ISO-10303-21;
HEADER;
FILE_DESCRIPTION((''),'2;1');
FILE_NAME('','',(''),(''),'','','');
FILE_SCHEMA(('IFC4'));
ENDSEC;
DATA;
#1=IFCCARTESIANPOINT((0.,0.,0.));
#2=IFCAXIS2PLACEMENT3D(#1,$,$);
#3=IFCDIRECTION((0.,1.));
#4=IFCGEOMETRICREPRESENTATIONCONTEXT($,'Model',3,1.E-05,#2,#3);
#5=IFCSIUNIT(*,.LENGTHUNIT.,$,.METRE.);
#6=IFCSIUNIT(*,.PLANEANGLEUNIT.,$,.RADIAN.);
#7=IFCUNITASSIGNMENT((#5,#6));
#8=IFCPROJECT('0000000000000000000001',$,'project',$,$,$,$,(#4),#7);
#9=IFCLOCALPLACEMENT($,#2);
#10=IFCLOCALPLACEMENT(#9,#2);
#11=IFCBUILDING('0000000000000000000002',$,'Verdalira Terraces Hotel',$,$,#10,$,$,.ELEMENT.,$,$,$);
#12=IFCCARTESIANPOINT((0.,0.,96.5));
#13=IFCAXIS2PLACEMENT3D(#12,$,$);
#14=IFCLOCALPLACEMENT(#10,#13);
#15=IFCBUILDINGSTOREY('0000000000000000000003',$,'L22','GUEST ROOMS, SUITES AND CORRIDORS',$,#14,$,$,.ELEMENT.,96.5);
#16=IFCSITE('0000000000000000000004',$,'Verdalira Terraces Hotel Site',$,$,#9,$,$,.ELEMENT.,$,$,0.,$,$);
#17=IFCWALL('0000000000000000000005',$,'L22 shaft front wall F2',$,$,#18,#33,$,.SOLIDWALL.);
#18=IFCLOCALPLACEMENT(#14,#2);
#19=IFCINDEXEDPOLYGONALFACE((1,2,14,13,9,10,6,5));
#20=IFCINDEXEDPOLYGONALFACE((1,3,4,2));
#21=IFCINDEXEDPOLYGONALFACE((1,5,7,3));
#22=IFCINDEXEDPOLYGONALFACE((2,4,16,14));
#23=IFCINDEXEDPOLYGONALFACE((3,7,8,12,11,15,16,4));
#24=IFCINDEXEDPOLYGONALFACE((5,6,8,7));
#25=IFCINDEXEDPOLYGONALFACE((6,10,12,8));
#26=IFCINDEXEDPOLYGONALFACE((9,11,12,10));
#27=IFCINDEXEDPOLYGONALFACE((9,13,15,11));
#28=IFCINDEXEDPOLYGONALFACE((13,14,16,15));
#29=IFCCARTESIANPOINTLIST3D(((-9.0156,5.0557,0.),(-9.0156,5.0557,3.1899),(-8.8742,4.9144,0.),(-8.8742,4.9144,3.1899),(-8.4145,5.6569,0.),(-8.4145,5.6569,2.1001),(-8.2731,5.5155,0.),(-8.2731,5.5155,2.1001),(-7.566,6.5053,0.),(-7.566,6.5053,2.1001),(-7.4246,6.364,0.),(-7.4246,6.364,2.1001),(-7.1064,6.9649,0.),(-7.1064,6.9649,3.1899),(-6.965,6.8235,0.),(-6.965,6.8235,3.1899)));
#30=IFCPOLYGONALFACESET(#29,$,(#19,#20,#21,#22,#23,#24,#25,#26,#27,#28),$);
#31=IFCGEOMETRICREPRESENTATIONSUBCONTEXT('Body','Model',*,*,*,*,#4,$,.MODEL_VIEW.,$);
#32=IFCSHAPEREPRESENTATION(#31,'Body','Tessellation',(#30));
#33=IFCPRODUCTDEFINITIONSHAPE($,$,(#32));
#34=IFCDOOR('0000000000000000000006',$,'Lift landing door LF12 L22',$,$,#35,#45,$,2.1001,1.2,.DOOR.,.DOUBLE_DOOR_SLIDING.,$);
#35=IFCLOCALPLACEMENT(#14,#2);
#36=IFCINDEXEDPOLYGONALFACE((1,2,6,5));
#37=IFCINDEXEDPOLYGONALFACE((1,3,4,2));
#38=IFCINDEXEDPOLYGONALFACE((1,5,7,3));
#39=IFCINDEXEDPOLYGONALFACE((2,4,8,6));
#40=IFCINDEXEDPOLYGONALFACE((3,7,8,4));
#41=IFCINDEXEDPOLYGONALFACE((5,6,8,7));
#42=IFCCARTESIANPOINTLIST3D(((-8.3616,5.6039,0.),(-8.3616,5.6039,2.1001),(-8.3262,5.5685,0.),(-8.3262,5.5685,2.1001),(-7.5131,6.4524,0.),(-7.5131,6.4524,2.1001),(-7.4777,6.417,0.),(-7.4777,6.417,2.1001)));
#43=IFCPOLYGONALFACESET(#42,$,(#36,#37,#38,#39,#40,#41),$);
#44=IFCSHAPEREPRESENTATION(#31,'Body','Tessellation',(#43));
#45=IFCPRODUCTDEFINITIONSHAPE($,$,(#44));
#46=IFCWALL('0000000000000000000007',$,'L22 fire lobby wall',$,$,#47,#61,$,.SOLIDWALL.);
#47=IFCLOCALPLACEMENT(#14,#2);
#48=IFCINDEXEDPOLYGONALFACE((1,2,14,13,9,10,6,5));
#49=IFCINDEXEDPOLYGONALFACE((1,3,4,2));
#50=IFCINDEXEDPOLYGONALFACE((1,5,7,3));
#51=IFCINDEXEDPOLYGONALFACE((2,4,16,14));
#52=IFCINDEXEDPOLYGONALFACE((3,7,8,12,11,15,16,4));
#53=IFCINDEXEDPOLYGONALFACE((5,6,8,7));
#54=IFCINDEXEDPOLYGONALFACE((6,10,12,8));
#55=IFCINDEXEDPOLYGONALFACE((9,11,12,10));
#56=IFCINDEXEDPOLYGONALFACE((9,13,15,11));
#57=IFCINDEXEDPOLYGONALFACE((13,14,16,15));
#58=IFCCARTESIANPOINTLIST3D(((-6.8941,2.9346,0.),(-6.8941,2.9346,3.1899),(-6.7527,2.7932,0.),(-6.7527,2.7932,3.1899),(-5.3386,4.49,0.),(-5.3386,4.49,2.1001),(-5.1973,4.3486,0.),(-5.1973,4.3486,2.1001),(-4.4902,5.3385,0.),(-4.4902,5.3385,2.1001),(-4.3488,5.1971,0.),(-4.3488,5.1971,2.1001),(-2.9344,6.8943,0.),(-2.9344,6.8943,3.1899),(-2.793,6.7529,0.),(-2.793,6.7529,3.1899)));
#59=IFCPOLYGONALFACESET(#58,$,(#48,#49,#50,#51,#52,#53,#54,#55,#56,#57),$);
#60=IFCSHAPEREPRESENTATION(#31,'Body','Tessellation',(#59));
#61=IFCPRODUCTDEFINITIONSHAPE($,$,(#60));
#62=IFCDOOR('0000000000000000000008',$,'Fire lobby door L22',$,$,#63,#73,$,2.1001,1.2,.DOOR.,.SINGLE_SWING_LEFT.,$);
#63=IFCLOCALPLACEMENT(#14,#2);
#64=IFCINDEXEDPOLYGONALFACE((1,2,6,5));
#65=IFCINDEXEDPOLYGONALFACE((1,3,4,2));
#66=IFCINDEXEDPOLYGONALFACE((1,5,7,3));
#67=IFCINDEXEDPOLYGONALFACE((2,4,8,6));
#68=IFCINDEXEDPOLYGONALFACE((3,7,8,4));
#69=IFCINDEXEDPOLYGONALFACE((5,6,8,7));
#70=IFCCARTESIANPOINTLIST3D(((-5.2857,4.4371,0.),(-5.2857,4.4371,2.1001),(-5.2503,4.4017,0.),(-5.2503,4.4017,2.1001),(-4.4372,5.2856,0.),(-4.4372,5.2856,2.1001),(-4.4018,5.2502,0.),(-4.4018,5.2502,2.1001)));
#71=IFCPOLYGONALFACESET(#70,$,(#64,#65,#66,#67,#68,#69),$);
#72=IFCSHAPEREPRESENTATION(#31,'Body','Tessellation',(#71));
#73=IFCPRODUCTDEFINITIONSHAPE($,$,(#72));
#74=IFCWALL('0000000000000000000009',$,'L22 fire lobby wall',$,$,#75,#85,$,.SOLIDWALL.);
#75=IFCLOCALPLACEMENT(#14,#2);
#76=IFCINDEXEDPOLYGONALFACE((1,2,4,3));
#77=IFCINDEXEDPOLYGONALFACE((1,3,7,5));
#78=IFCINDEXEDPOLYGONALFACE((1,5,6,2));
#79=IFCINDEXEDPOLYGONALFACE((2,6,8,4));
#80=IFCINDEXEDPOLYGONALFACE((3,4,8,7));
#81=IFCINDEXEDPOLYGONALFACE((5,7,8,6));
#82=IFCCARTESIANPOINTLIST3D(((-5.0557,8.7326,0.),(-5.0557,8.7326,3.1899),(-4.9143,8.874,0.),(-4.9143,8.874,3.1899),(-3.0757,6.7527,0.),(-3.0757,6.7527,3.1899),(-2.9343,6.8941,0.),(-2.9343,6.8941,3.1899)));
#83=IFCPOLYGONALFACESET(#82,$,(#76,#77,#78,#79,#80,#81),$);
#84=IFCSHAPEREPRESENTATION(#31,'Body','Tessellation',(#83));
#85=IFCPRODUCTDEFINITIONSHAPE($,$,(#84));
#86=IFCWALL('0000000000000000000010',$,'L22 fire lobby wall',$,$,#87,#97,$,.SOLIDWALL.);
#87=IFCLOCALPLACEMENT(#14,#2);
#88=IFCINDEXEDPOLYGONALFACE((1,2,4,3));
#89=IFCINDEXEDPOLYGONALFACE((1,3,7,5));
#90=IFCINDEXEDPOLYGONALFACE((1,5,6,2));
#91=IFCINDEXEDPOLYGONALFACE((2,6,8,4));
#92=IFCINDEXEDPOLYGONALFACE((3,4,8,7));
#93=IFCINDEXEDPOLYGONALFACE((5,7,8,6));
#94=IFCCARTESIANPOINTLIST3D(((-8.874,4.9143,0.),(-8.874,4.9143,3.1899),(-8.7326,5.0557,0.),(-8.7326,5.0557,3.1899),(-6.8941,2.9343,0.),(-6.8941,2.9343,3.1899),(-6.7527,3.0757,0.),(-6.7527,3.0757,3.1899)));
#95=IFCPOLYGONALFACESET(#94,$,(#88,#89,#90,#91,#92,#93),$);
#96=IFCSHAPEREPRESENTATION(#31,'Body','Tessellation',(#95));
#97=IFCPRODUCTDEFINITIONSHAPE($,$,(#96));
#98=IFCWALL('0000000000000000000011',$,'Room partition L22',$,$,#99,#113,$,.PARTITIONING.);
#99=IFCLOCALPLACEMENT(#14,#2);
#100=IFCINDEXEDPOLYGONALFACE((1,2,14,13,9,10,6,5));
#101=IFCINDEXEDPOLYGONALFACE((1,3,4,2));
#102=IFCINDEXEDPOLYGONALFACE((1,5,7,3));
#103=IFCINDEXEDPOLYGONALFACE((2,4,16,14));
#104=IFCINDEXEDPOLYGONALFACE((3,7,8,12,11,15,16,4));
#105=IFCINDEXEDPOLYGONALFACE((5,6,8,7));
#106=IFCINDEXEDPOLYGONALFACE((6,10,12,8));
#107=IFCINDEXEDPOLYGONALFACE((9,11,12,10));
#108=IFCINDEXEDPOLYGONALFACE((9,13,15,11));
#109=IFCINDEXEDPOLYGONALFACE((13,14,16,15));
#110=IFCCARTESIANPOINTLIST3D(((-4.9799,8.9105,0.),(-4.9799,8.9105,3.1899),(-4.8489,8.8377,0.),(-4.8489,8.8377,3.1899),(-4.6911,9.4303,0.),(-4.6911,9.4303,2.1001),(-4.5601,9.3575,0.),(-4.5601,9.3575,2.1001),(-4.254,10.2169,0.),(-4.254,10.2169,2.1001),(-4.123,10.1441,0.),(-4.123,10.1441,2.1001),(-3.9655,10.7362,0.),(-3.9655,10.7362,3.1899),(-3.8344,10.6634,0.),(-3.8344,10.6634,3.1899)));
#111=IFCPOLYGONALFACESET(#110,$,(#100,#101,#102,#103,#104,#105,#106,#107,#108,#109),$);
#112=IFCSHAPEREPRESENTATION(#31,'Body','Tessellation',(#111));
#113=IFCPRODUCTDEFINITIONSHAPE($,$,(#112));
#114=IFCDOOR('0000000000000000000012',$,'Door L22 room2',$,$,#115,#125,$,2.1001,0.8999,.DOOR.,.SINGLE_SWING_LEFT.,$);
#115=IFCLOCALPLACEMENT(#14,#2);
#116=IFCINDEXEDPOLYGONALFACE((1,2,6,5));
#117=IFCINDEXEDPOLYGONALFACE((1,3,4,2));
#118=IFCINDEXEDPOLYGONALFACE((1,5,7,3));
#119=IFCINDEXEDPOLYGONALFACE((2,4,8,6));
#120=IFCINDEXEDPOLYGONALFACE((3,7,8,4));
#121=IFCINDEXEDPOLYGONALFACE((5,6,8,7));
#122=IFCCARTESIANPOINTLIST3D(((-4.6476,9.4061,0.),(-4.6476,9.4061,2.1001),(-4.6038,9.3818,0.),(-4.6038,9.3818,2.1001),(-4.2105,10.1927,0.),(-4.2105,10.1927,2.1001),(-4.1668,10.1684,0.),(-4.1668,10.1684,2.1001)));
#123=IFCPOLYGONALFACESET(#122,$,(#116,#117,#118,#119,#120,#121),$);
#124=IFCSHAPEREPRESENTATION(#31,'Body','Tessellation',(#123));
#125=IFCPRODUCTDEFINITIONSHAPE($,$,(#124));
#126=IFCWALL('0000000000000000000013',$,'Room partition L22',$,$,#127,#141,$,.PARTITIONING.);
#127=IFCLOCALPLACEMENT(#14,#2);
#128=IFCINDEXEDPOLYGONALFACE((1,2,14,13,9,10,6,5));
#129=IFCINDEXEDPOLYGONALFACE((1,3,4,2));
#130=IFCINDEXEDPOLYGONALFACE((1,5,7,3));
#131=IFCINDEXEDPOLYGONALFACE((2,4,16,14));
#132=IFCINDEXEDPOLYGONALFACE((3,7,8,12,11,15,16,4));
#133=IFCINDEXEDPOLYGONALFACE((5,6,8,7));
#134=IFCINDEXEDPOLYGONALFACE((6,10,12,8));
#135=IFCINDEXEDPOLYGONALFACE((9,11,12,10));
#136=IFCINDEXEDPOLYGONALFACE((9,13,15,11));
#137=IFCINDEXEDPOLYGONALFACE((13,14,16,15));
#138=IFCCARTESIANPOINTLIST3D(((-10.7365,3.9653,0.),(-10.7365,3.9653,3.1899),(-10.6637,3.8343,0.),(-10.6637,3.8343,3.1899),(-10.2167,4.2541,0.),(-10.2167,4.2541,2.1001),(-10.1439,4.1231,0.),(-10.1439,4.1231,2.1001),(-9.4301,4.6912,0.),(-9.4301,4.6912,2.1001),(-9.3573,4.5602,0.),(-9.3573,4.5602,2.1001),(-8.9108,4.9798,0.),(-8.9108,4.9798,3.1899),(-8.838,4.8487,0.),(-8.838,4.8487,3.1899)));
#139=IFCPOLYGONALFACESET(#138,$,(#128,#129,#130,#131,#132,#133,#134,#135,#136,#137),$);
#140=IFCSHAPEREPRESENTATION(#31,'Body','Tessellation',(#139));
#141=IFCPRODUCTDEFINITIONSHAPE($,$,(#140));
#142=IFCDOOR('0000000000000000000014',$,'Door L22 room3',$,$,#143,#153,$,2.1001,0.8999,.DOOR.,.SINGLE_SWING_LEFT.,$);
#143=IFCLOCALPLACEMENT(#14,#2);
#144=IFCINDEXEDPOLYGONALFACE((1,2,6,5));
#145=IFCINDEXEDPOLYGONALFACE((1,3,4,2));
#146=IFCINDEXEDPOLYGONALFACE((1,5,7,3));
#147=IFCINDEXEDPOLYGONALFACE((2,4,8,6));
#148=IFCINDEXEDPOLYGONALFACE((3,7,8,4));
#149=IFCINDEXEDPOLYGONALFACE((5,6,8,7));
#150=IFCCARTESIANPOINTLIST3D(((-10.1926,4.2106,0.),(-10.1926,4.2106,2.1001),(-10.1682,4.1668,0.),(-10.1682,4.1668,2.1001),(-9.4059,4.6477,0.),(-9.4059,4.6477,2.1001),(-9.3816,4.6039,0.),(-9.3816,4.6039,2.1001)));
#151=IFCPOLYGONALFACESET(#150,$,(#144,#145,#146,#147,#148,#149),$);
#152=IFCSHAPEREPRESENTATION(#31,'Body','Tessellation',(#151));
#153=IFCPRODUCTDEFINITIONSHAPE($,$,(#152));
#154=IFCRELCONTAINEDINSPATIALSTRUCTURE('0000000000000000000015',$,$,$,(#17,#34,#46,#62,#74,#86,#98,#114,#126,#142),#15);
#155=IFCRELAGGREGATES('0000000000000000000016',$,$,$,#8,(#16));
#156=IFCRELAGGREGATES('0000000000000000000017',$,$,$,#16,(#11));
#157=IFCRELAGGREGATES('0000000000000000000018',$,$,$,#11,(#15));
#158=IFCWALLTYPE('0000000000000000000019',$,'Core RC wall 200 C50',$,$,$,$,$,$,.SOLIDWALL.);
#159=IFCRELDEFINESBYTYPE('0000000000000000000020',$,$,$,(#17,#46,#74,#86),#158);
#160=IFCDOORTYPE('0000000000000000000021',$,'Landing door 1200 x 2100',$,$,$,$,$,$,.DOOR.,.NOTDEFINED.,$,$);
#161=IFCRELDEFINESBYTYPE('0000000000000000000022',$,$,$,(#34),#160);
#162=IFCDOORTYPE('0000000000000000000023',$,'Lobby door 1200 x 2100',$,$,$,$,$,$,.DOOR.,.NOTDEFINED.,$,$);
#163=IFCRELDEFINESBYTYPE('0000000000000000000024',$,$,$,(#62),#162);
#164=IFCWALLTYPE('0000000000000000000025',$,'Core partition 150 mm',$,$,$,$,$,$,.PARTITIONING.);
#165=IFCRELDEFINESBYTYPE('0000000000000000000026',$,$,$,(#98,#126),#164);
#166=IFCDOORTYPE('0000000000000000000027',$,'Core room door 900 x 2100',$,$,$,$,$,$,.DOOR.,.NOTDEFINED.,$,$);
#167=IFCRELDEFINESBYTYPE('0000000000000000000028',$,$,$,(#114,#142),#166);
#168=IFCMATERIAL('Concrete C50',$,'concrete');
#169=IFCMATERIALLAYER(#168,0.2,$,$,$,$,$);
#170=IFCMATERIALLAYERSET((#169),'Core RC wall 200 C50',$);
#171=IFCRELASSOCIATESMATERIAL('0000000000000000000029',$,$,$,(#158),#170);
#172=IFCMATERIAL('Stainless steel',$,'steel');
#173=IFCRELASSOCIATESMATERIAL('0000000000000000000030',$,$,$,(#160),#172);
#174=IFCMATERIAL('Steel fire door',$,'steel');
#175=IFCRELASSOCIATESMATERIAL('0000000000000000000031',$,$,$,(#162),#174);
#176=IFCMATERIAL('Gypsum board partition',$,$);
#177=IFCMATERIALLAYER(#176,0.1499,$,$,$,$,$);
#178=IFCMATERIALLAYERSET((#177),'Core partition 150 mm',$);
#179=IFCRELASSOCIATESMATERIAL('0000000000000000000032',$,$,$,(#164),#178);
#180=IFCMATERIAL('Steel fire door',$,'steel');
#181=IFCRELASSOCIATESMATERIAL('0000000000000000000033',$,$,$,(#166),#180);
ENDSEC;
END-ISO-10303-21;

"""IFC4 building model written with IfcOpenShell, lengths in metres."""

from ifc_helpers import new_model, si_unit, direction, frame, frame_2d, origin, place, context, subcontext, project, spatial, rectangle, extrude, material, layer, layer_set, type_object, element, fill, save


model = new_model("IFC4")

# Units and contexts
model_context = context("Model", 3, precision=1e-05, world=origin(), true_north=direction((0.0, 1.0)))
body_context = subcontext(model_context, "Body", "Model", "MODEL_VIEW")
ifc_project = project(units=[si_unit("LENGTHUNIT", "METRE"), si_unit("PLANEANGLEUNIT", "RADIAN")], contexts=[model_context])

# Site, building, storey
site_placement = place(None, origin())
site = spatial("IfcSite", under=ifc_project, at=site_placement, Name="Verdalira Terraces Hotel Site", CompositionType="ELEMENT", RefElevation=0.0)
building_placement = place(site_placement, origin())
building = spatial("IfcBuilding", under=site, at=building_placement, Name="Verdalira Terraces Hotel", CompositionType="ELEMENT")
storey_placement = place(building_placement, frame((0.0, 0.0, 96.5)))
storey = spatial("IfcBuildingStorey", under=building, at=storey_placement, Name="L22", Description="GUEST ROOMS, SUITES AND CORRIDORS", CompositionType="ELEMENT", Elevation=96.5)

# Walls, openings, doors
ifc_material_1 = material(Name="Concrete C50", Category="concrete")
ifc_layer_1 = layer(ifc_material_1, 0.2)
ifc_layer_set_1 = layer_set([ifc_layer_1], Name="Core RC wall 200 C50")
wall_type_1 = type_object("IfcWallType", Name="Core RC wall 200 C50", PredefinedType="SOLIDWALL", material=ifc_layer_set_1)
ifc_material_2 = material(Name="Stainless steel", Category="steel")
door_type_1 = type_object("IfcDoorType", Name="Landing door 1200 x 2100", OperationType="NOTDEFINED", PredefinedType="DOOR", material=ifc_material_2)
wall_1_placement = place(storey_placement, frame((-7.0356, 6.8943, 0.0), z_axis=(0.0, 0.0, 1.0), x_axis=(-0.707107, -0.707107, 0.0)))
wall_1 = element("IfcWall", 1, at=wall_1_placement, inside=storey, type_object=wall_type_1, Name="L22 shaft front wall F2", PredefinedType="SOLIDWALL", context=body_context, shape_type="SweptSolid", body=[
    extrude(rectangle(XDim=2.7, YDim=0.2, at=frame_2d((1.3501, 0.0))), origin(), (0.0, 0.0, 1.0), 3.1899),
])
opening_1_placement = place(wall_1_placement, frame((0.6499, 0.0, 0.0)))
opening_1 = element("IfcOpeningElement", 2, at=opening_1_placement, cuts=wall_1, PredefinedType="OPENING", context=body_context, shape_type="SweptSolid", body=[
    extrude(rectangle(XDim=1.2, YDim=2.1001, at=frame_2d((0.6001, 1.05))), frame((0.0, 0.1099, 0.0), z_axis=(0.0, -1.0, 0.0), x_axis=(1.0, 0.0, 0.0)), (0.0, 0.0, 1.0), 0.22),
])
door_1_placement = place(opening_1_placement, origin())
door_1 = element("IfcDoor", 3, at=door_1_placement, inside=storey, type_object=door_type_1, Name="Lift landing door LF12 L22", OperationType="DOUBLE_DOOR_SLIDING", OverallHeight=2.1001, OverallWidth=1.2, PredefinedType="DOOR", context=body_context, shape_type="SweptSolid", body=[
    extrude(rectangle(XDim=1.2, YDim=2.1001, at=frame_2d((0.6001, 1.05))), frame((0.0, 0.0249, 0.0), z_axis=(0.0, -1.0, 0.0), x_axis=(1.0, 0.0, 0.0)), (0.0, 0.0, 1.0), 0.05),
])
fill(opening_1, door_1)
wall_2_placement = place(storey_placement, frame((-2.8638, 6.8235, 0.0), z_axis=(0.0, 0.0, 1.0), x_axis=(-0.707107, -0.707107, 0.0)))
wall_2 = element("IfcWall", 4, at=wall_2_placement, inside=storey, type_object=wall_type_1, Name="L22 fire lobby wall", PredefinedType="SOLIDWALL", context=body_context, shape_type="SweptSolid", body=[
    extrude(rectangle(XDim=5.5999, YDim=0.2, at=frame_2d((2.7998, 0.0))), origin(), (0.0, 0.0, 1.0), 3.1899),
])
opening_2_placement = place(wall_2_placement, frame((2.2, 0.0, 0.0)))
opening_2 = element("IfcOpeningElement", 5, at=opening_2_placement, cuts=wall_2, PredefinedType="OPENING", context=body_context, shape_type="SweptSolid", body=[
    extrude(rectangle(XDim=1.2, YDim=2.1001, at=frame_2d((0.6001, 1.05))), frame((0.0, 0.1099, 0.0), z_axis=(0.0, -1.0, 0.0), x_axis=(1.0, 0.0, 0.0)), (0.0, 0.0, 1.0), 0.22),
])
ifc_material_3 = material(Name="Steel fire door", Category="steel")
door_type_2 = type_object("IfcDoorType", Name="Lobby door 1200 x 2100", OperationType="NOTDEFINED", PredefinedType="DOOR", material=ifc_material_3)
door_2_placement = place(opening_2_placement, origin())
door_2 = element("IfcDoor", 6, at=door_2_placement, inside=storey, type_object=door_type_2, Name="Fire lobby door L22", OperationType="SINGLE_SWING_LEFT", OverallHeight=2.1001, OverallWidth=1.2, PredefinedType="DOOR", context=body_context, shape_type="SweptSolid", body=[
    extrude(rectangle(XDim=1.2, YDim=2.1001, at=frame_2d((0.6001, 1.05))), frame((0.0, 0.0249, 0.0), z_axis=(0.0, -1.0, 0.0), x_axis=(1.0, 0.0, 0.0)), (0.0, 0.0, 1.0), 0.05),
])
fill(opening_2, door_2)

# Walls
for number, where, z_axis, x_axis, name in (
    (7, (-3.0051, 6.8235, 0.0), (0.0, 0.0, 1.0), (-0.707107, 0.707107, 0.0), "L22 fire lobby wall"),
    (8, (-6.8235, 3.0051, 0.0), (0.0, 0.0, 1.0), (-0.707107, 0.707107, 0.0), "L22 fire lobby wall"),
):
    element("IfcWall", number, at=place(storey_placement, frame(where, z_axis=z_axis, x_axis=x_axis)), inside=storey, type_object=wall_type_1, Name=name, PredefinedType="SOLIDWALL", context=body_context, shape_type="SweptSolid", body=[
        extrude(rectangle(XDim=2.8, YDim=0.2, at=frame_2d((1.3999, 0.0))), origin(), (0.0, 0.0, 1.0), 3.1899),
    ])

# Walls, openings, doors
ifc_material_4 = material(Name="Gypsum board partition")
ifc_layer_2 = layer(ifc_material_4, 0.1499)
ifc_layer_set_2 = layer_set([ifc_layer_2], Name="Core partition 150 mm")
wall_type_2 = type_object("IfcWallType", Name="Core partition 150 mm", PredefinedType="PARTITIONING", material=ifc_layer_set_2)
wall_3_placement = place(storey_placement, frame((-3.8999, 10.7, 0.0), z_axis=(0.0, 0.0, 1.0), x_axis=(-0.485693, -0.87413, 0.0)))
wall_3 = element("IfcWall", 9, at=wall_3_placement, inside=storey, type_object=wall_type_2, Name="Room partition L22", PredefinedType="PARTITIONING", context=body_context, shape_type="SweptSolid", body=[
    extrude(rectangle(XDim=2.0886, YDim=0.1499, at=frame_2d((1.0444, 0.0))), origin(), (0.0, 0.0, 1.0), 3.1899),
])
opening_3_placement = place(wall_3_placement, frame((0.5942, 0.0, 0.0)))
opening_3 = element("IfcOpeningElement", 10, at=opening_3_placement, cuts=wall_3, PredefinedType="OPENING", context=body_context, shape_type="SweptSolid", body=[
    extrude(rectangle(XDim=0.8999, YDim=2.1001, at=frame_2d((0.45, 1.05))), frame((0.0, 0.085, 0.0), z_axis=(0.0, -1.0, 0.0), x_axis=(1.0, 0.0, 0.0)), (0.0, 0.0, 1.0), 0.1699),
])
ifc_material_5 = material(Name="Steel fire door", Category="steel")
door_type_3 = type_object("IfcDoorType", Name="Core room door 900 x 2100", OperationType="NOTDEFINED", PredefinedType="DOOR", material=ifc_material_5)
door_3_placement = place(opening_3_placement, origin())
door_3 = element("IfcDoor", 11, at=door_3_placement, inside=storey, type_object=door_type_3, Name="Door L22 room2", OperationType="SINGLE_SWING_LEFT", OverallHeight=2.1001, OverallWidth=0.8999, PredefinedType="DOOR", context=body_context, shape_type="SweptSolid", body=[
    extrude(rectangle(XDim=0.8999, YDim=2.1001, at=frame_2d((0.45, 1.05))), frame((0.0, 0.0249, 0.0), z_axis=(0.0, -1.0, 0.0), x_axis=(1.0, 0.0, 0.0)), (0.0, 0.0, 1.0), 0.05),
])
fill(opening_3, door_3)
wall_4_placement = place(storey_placement, frame((-8.8743, 4.9143, 0.0), z_axis=(0.0, 0.0, 1.0), x_axis=(-0.87413, -0.485693, 0.0)))
wall_4 = element("IfcWall", 12, at=wall_4_placement, inside=storey, type_object=wall_type_2, Name="Room partition L22", PredefinedType="PARTITIONING", context=body_context, shape_type="SweptSolid", body=[
    extrude(rectangle(XDim=2.0886, YDim=0.1499, at=frame_2d((1.0444, 0.0))), origin(), (0.0, 0.0, 1.0), 3.1899),
])
opening_4_placement = place(wall_4_placement, frame((0.5942, 0.0, 0.0)))
opening_4 = element("IfcOpeningElement", 13, at=opening_4_placement, cuts=wall_4, PredefinedType="OPENING", context=body_context, shape_type="SweptSolid", body=[
    extrude(rectangle(XDim=0.8999, YDim=2.1001, at=frame_2d((0.45, 1.05))), frame((0.0, 0.085, 0.0), z_axis=(0.0, -1.0, 0.0), x_axis=(1.0, 0.0, 0.0)), (0.0, 0.0, 1.0), 0.1699),
])
door_4_placement = place(opening_4_placement, origin())
door_4 = element("IfcDoor", 14, at=door_4_placement, inside=storey, type_object=door_type_3, Name="Door L22 room3", OperationType="SINGLE_SWING_LEFT", OverallHeight=2.1001, OverallWidth=0.8999, PredefinedType="DOOR", context=body_context, shape_type="SweptSolid", body=[
    extrude(rectangle(XDim=0.8999, YDim=2.1001, at=frame_2d((0.45, 1.05))), frame((0.0, 0.0249, 0.0), z_axis=(0.0, -1.0, 0.0), x_axis=(1.0, 0.0, 0.0)), (0.0, 0.0, 1.0), 0.05),
])
fill(opening_4, door_4)

save(model, "model.ifc")
